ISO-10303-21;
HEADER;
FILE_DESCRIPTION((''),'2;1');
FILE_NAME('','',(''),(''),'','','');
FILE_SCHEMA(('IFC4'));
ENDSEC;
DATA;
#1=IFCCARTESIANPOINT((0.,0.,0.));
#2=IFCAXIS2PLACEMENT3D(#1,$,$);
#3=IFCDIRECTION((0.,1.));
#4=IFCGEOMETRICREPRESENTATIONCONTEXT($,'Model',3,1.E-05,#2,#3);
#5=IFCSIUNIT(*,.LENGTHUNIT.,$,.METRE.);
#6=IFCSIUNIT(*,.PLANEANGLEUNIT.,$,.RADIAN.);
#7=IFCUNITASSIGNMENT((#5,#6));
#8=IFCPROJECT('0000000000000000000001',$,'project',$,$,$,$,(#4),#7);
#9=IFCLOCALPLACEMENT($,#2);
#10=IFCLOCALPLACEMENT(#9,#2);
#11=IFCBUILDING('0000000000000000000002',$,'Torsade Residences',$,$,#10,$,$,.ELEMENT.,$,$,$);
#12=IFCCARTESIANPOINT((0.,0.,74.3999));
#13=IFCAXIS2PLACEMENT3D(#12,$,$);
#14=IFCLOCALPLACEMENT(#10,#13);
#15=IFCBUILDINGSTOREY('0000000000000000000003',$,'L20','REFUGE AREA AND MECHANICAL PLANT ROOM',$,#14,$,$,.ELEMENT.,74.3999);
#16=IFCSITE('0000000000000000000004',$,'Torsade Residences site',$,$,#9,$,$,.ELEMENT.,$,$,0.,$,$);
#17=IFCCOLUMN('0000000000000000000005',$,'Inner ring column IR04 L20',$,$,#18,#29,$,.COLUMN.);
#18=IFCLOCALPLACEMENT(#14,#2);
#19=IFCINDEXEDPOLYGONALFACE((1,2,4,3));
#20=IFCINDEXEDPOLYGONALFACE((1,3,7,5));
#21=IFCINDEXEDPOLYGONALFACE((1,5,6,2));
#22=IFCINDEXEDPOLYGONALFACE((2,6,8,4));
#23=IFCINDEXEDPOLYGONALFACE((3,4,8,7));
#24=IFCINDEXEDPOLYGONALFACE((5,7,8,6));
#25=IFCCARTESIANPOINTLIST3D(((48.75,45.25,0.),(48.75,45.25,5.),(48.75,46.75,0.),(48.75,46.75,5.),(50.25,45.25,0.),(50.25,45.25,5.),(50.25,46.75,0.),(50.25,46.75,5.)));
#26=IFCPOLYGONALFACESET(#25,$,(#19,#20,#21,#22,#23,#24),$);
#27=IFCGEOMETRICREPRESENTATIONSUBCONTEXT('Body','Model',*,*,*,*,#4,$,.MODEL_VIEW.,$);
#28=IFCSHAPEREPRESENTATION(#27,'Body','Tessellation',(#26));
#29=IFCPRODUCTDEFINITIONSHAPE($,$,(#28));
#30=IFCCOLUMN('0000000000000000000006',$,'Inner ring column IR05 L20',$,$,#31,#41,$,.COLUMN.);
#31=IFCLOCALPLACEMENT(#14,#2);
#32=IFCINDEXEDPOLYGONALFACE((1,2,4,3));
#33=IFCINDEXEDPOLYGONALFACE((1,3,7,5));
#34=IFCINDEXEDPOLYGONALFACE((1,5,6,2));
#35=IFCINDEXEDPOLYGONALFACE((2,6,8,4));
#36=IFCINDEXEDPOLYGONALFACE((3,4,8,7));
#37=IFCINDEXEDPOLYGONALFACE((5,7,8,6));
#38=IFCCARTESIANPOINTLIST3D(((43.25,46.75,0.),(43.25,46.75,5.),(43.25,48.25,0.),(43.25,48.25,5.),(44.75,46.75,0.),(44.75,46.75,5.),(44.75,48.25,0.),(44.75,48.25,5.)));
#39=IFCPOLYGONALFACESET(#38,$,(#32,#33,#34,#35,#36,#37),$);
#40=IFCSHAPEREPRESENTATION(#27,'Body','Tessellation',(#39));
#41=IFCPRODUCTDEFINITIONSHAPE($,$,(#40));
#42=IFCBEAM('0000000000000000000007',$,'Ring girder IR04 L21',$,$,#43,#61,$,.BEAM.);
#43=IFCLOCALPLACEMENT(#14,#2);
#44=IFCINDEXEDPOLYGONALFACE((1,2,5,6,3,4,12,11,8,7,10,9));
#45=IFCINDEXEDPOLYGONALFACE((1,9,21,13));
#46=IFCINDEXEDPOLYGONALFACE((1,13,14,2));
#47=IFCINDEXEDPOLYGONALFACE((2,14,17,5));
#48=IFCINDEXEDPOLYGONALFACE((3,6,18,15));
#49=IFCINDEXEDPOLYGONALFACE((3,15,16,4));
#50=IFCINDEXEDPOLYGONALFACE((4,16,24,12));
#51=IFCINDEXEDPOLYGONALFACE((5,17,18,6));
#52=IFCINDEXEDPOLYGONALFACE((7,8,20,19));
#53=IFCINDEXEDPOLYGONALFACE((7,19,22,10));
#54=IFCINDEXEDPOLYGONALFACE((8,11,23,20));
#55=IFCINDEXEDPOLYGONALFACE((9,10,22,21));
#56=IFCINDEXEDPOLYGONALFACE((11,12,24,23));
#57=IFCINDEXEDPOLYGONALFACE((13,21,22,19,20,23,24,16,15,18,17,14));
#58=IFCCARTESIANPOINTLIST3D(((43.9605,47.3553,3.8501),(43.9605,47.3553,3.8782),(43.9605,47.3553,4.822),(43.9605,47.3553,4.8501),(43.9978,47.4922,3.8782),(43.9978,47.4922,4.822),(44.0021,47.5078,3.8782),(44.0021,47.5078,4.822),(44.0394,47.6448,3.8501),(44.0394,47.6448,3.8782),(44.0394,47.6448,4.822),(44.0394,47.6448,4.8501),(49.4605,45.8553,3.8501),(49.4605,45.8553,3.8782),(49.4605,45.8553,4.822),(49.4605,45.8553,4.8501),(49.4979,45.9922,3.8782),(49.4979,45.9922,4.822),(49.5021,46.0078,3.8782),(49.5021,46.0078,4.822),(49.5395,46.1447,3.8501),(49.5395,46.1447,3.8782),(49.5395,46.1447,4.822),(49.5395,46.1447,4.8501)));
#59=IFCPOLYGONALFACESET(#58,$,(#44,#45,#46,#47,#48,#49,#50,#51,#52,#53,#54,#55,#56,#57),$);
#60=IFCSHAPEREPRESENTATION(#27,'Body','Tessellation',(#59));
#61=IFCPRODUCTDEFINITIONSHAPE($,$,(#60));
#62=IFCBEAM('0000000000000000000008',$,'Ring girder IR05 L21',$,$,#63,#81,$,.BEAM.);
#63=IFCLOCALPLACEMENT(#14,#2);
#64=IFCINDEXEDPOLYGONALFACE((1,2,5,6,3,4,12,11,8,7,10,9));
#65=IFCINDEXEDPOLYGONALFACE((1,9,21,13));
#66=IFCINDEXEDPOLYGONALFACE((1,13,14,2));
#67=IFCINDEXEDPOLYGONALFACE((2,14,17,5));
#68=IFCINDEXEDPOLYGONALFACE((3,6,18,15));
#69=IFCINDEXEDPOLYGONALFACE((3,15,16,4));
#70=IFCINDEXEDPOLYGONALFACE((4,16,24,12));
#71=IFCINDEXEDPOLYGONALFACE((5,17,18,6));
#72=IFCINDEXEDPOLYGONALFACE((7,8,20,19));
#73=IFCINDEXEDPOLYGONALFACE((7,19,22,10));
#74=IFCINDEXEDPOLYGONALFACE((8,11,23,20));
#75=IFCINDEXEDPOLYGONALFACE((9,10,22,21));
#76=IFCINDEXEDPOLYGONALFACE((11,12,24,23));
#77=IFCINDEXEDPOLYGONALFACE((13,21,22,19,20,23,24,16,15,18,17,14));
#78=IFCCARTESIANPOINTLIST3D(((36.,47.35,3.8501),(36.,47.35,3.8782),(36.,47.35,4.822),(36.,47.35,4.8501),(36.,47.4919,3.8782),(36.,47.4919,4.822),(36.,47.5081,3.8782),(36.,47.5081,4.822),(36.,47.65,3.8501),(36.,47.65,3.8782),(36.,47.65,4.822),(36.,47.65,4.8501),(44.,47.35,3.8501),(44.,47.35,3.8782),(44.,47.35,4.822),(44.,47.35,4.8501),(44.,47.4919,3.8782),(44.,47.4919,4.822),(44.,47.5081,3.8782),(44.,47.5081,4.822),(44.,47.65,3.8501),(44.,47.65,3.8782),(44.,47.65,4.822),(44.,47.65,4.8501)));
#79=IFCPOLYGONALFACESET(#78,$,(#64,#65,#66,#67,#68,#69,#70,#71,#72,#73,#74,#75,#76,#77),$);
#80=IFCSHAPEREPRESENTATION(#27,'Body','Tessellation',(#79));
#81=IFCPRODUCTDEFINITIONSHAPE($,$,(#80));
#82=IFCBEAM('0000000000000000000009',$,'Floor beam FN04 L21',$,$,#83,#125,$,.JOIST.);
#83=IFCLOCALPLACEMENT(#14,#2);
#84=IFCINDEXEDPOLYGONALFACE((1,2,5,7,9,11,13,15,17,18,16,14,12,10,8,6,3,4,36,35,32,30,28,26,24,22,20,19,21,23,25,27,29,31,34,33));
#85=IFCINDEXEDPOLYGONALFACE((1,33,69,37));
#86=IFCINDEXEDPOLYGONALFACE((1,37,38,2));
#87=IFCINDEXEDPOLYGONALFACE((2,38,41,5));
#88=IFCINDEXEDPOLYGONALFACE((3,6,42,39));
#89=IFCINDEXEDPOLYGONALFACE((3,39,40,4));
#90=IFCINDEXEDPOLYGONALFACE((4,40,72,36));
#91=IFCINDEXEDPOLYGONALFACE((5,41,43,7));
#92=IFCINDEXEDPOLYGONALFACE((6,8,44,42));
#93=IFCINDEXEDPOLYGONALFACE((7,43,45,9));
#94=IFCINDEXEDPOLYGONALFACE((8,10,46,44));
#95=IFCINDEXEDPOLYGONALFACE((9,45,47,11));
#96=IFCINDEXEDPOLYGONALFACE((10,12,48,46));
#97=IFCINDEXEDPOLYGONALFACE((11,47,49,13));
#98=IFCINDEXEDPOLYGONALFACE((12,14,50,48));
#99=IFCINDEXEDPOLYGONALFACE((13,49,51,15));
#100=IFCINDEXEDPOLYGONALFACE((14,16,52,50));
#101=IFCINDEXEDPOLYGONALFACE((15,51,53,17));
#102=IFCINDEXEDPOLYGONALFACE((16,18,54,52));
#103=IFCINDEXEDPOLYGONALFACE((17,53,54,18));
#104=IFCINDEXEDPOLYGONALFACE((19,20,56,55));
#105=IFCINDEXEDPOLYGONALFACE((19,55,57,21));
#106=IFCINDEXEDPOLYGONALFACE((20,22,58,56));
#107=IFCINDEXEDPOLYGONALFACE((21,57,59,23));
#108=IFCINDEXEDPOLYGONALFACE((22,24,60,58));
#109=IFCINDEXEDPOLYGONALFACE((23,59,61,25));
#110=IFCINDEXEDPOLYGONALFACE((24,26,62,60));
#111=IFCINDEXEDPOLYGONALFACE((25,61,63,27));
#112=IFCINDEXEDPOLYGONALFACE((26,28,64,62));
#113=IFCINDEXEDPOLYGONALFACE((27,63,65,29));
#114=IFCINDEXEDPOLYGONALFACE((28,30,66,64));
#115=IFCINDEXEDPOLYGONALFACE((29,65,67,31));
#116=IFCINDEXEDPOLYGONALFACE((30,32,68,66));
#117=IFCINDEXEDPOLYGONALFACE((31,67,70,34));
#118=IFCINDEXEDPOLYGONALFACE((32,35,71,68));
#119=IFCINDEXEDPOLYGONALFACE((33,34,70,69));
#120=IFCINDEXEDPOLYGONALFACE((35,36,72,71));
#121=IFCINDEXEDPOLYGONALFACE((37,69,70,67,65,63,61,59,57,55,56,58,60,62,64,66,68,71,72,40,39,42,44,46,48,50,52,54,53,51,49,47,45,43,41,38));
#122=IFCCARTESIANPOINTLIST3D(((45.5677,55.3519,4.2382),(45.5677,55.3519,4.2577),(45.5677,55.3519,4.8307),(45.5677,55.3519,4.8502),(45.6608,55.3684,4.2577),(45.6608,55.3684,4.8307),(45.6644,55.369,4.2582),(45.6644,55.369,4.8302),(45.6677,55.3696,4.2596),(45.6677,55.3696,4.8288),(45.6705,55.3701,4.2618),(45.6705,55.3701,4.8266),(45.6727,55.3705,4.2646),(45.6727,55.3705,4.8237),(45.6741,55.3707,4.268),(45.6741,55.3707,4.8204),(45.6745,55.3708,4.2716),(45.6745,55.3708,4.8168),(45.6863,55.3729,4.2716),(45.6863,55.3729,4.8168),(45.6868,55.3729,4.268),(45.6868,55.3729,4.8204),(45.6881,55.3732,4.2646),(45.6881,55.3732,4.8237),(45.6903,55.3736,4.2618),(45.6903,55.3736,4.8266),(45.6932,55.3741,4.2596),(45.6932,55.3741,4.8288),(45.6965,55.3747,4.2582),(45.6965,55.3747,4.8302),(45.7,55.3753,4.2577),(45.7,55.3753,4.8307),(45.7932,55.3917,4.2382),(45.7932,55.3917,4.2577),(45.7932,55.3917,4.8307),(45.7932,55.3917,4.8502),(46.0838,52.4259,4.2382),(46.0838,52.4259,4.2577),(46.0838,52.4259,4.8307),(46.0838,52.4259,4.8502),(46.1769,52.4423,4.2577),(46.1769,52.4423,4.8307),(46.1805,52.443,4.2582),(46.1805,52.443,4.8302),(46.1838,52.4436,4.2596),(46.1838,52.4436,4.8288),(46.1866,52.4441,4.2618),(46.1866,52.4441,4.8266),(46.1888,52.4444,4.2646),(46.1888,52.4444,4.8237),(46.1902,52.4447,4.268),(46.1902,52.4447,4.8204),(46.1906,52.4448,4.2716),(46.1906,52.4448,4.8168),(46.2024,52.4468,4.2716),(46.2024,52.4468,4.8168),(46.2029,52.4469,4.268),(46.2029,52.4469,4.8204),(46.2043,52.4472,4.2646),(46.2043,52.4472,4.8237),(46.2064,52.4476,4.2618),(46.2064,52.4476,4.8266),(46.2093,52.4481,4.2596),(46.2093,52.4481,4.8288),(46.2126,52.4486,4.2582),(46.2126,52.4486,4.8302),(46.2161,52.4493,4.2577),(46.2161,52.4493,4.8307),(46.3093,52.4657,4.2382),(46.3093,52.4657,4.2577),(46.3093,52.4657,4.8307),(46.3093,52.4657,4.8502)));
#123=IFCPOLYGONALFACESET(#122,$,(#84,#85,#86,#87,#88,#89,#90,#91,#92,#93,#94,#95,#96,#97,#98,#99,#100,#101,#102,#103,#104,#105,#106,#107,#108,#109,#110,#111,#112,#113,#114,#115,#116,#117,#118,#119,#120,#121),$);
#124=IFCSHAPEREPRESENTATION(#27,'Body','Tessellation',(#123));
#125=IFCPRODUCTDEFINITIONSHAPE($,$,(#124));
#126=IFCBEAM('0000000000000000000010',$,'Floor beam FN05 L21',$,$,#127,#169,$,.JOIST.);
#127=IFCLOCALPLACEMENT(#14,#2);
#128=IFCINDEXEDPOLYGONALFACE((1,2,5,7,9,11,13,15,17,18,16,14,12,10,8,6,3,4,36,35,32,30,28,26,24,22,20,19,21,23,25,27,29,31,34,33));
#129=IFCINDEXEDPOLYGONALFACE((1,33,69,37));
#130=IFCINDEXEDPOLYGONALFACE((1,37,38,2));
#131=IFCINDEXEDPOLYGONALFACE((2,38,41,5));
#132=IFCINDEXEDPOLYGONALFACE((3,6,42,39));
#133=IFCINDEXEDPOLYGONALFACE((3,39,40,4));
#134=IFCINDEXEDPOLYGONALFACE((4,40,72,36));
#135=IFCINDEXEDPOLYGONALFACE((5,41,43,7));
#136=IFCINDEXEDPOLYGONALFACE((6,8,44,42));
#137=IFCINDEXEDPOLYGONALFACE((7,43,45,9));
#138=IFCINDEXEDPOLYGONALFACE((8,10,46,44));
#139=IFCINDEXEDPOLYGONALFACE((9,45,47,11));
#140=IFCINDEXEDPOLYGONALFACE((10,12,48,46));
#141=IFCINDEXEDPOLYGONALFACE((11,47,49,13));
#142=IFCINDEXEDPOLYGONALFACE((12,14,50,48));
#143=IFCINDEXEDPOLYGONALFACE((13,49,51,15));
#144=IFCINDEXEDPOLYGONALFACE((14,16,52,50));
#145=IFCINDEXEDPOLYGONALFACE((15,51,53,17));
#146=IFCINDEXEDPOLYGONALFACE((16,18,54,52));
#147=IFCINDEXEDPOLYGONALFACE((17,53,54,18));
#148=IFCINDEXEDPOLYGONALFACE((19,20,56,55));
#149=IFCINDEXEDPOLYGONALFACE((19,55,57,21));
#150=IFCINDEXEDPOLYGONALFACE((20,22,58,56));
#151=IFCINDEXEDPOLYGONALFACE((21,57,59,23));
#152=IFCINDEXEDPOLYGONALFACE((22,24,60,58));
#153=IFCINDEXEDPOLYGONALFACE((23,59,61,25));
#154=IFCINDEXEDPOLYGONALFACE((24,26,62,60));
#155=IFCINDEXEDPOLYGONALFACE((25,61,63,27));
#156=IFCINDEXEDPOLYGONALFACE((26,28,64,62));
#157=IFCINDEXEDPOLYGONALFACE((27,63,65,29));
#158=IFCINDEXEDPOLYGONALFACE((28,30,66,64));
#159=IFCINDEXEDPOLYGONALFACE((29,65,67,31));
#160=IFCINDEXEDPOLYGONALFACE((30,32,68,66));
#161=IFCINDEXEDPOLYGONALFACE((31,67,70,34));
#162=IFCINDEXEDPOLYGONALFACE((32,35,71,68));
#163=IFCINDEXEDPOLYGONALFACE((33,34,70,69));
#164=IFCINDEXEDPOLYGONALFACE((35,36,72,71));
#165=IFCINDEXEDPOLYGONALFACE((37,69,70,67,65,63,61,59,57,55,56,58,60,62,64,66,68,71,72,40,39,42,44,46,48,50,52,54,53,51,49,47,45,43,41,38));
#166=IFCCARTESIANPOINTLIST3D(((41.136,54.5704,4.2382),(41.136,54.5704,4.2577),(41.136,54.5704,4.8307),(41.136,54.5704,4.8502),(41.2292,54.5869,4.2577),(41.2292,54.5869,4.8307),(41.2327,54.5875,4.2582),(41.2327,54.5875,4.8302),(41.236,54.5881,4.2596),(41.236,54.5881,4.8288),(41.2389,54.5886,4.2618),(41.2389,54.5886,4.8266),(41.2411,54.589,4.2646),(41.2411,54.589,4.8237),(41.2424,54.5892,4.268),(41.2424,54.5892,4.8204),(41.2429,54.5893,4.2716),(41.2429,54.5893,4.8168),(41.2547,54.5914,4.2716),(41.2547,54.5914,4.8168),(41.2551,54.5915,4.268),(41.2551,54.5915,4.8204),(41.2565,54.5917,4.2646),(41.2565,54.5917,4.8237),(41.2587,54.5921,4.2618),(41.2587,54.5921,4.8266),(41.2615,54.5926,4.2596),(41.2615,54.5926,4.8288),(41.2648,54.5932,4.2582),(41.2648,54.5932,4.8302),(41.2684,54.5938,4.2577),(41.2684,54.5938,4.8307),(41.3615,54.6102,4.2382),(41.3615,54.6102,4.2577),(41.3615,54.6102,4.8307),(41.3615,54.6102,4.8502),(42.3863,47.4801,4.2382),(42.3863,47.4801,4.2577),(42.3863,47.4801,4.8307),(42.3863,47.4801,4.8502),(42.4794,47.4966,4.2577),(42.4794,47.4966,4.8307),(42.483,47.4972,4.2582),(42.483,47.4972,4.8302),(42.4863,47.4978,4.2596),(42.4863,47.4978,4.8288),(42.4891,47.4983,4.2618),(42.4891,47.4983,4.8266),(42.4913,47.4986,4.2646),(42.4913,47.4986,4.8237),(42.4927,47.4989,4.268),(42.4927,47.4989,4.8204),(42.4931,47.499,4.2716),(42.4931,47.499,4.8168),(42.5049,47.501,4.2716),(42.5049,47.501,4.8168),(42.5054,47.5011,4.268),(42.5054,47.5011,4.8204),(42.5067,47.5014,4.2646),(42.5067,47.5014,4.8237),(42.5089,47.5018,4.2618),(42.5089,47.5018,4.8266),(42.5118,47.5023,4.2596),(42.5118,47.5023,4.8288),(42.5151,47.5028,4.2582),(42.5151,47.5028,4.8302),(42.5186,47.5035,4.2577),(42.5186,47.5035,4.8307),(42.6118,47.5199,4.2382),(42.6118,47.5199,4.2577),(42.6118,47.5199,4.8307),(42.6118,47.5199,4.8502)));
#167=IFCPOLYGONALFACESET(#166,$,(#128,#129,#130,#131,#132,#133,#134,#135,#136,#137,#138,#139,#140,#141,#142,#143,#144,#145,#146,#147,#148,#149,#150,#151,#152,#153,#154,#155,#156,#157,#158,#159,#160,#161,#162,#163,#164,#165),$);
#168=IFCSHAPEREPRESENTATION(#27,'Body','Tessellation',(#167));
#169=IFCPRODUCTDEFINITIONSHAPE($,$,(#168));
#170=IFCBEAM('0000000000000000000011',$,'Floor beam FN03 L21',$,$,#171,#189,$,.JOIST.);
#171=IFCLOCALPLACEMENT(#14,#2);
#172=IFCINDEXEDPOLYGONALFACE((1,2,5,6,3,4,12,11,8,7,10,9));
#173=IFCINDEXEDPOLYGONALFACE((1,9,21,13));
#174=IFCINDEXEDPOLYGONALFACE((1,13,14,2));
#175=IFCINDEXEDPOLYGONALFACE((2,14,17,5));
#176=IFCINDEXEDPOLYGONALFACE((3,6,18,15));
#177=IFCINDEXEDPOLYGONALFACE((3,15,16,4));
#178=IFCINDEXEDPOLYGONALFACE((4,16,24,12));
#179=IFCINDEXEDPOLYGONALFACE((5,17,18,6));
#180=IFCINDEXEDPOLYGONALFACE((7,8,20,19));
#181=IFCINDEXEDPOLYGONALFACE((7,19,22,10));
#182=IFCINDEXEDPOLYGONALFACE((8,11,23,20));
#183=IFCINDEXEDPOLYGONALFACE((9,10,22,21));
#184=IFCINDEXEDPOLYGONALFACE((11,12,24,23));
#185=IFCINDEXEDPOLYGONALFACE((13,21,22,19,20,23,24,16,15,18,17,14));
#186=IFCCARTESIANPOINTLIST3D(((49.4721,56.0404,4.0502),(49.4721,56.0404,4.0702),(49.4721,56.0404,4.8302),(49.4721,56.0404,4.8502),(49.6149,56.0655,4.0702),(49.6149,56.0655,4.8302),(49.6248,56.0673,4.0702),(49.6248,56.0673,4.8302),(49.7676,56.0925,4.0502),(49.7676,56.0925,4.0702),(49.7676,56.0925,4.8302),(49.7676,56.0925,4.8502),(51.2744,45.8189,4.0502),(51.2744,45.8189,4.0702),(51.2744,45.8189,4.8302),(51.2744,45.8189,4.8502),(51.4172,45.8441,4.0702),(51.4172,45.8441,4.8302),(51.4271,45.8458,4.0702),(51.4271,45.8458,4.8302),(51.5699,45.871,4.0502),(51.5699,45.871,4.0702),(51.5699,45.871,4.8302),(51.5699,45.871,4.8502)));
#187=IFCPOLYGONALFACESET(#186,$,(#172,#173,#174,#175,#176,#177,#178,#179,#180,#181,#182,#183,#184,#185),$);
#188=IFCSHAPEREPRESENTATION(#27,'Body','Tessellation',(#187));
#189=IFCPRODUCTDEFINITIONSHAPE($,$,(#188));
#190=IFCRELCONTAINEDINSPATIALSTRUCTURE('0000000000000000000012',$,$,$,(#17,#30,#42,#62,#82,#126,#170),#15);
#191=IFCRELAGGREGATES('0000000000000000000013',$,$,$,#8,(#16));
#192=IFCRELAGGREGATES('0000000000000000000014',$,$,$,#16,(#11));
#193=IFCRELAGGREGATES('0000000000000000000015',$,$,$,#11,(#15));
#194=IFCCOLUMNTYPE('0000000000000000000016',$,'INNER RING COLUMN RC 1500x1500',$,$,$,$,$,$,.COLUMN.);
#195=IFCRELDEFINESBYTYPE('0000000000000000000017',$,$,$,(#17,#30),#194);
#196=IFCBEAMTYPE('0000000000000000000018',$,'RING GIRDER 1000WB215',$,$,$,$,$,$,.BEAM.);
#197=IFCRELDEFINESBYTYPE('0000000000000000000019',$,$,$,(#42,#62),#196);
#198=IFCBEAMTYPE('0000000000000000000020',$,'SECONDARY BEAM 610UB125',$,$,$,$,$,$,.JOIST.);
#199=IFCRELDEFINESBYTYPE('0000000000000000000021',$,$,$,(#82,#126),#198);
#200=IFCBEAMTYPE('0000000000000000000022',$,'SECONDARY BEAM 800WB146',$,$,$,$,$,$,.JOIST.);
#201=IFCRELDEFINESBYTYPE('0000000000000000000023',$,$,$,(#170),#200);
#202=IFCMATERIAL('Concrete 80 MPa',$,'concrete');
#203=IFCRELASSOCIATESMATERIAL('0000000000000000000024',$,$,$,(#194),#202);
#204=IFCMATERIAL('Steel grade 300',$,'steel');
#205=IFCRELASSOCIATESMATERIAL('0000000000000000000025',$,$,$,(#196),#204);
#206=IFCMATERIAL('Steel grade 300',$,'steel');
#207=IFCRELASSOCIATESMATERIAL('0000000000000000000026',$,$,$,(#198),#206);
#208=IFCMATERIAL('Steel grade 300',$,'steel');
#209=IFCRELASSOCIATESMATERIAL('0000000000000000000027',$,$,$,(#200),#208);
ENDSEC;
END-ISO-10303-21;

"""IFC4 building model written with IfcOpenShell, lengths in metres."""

from ifc_helpers import new_model, si_unit, direction, frame, origin, origin_2d, place, context, subcontext, project, spatial, rectangle, i_section, extrude, material, material_profile, profile_set, type_object, element, save


model = new_model("IFC4")

# Units and contexts
model_context = context("Model", 3, precision=1e-05, world=origin(), true_north=direction((0.0, 1.0)))
body_context = subcontext(model_context, "Body", "Model", "MODEL_VIEW")
ifc_project = project(units=[si_unit("LENGTHUNIT", "METRE"), si_unit("PLANEANGLEUNIT", "RADIAN")], contexts=[model_context])

# Site, building, storey
site_placement = place(None, origin())
site = spatial("IfcSite", under=ifc_project, at=site_placement, Name="Torsade Residences site", CompositionType="ELEMENT", RefElevation=0.0)
building_placement = place(site_placement, origin())
building = spatial("IfcBuilding", under=site, at=building_placement, Name="Torsade Residences", CompositionType="ELEMENT")
storey_placement = place(building_placement, frame((0.0, 0.0, 74.3999)))
storey = spatial("IfcBuildingStorey", under=building, at=storey_placement, Name="L20", Description="REFUGE AREA AND MECHANICAL PLANT ROOM", CompositionType="ELEMENT", Elevation=74.3999)

# Columns
ifc_material_1 = material(Name="Concrete 80 MPa", Category="concrete")
ifc_material_profile_1 = material_profile(ifc_material_1, rectangle(XDim=1.5, YDim=1.5, at=origin_2d()), Name="RC 1500x1500")
ifc_profile_set_1 = profile_set([ifc_material_profile_1], Name="Concrete 80 MPa")
column_type = type_object("IfcColumnType", Name="INNER RING COLUMN RC 1500x1500", PredefinedType="COLUMN", material=ifc_profile_set_1)
for number, where, z_axis, x_axis, name in (
    (1, (49.5, 46.0, 0.0), (0.0, 0.0, 1.0), (1.0, 0.0, 0.0), "Inner ring column IR04 L20"),
    (2, (44.0, 47.5, 0.0), (0.0, 0.0, 1.0), (1.0, 0.0, 0.0), "Inner ring column IR05 L20"),
):
    element("IfcColumn", number, at=place(storey_placement, frame(where, z_axis=z_axis, x_axis=x_axis)), inside=storey, type_object=column_type, Name=name, PredefinedType="COLUMN", context=body_context, shape_type="SweptSolid", body=[
        extrude(rectangle(XDim=1.5, YDim=1.5, at=origin_2d()), origin(), (0.0, 0.0, 1.0), 5.0),
    ])

# Beams
ifc_material_2 = material(Name="Steel grade 300", Category="steel")
ifc_material_profile_2 = material_profile(ifc_material_2, i_section(OverallWidth=0.3, OverallDepth=1.0, WebThickness=0.0161, FlangeThickness=0.0281, at=origin_2d()), Name="1000WB215")
ifc_profile_set_2 = profile_set([ifc_material_profile_2], Name="Steel grade 300")
beam_type_1 = type_object("IfcBeamType", Name="RING GIRDER 1000WB215", PredefinedType="BEAM", material=ifc_profile_set_2)
beam_1_placement = place(storey_placement, frame((49.5, 46.0, 4.3501), z_axis=(-0.964764, 0.263117, 0.0), x_axis=(-0.263117, -0.964764, 0.0)))
element("IfcBeam", 3, at=beam_1_placement, inside=storey, type_object=beam_type_1, Name="Ring girder IR04 L21", PredefinedType="BEAM", context=body_context, shape_type="SweptSolid", body=[
    extrude(i_section(OverallWidth=0.3, OverallDepth=1.0, WebThickness=0.0161, FlangeThickness=0.0281, at=origin_2d()), origin(), (0.0, 0.0, 1.0), 5.7009),
])
beam_2_placement = place(storey_placement, frame((44.0, 47.5, 4.3501), z_axis=(-1.0, 0.0, 0.0), x_axis=(0.0, -1.0, 0.0)))
element("IfcBeam", 4, at=beam_2_placement, inside=storey, type_object=beam_type_1, Name="Ring girder IR05 L21", PredefinedType="BEAM", context=body_context, shape_type="SweptSolid", body=[
    extrude(i_section(OverallWidth=0.3, OverallDepth=1.0, WebThickness=0.0161, FlangeThickness=0.0281, at=origin_2d()), origin(), (0.0, 0.0, 1.0), 8.0),
])
ifc_material_3 = material(Name="Steel grade 300", Category="steel")
ifc_material_profile_3 = material_profile(ifc_material_3, i_section(OverallWidth=0.229, OverallDepth=0.6121, WebThickness=0.012, FlangeThickness=0.0195, FilletRadius=0.0139, at=origin_2d()), Name="610UB125")
ifc_profile_set_3 = profile_set([ifc_material_profile_3], Name="Steel grade 300")
beam_type_2 = type_object("IfcBeamType", Name="SECONDARY BEAM 610UB125", PredefinedType="JOIST", material=ifc_profile_set_3)
beam_3_placement = place(storey_placement, frame((45.6804, 55.3718, 4.5442), z_axis=(0.173706, -0.984798, 0.0), x_axis=(0.984798, 0.173706, 0.0)))
element("IfcBeam", 5, at=beam_3_placement, inside=storey, type_object=beam_type_2, Name="Floor beam FN04 L21", PredefinedType="JOIST", context=body_context, shape_type="SweptSolid", body=[
    extrude(i_section(OverallWidth=0.229, OverallDepth=0.6121, WebThickness=0.012, FlangeThickness=0.0195, FilletRadius=0.0139, at=origin_2d()), origin(), (0.0, 0.0, 1.0), 2.9712),
])
beam_4_placement = place(storey_placement, frame((41.2488, 54.5903, 4.5442), z_axis=(0.173652, -0.984807, 0.0), x_axis=(0.984807, 0.173652, 0.0)))
element("IfcBeam", 6, at=beam_4_placement, inside=storey, type_object=beam_type_2, Name="Floor beam FN05 L21", PredefinedType="JOIST", context=body_context, shape_type="SweptSolid", body=[
    extrude(i_section(OverallWidth=0.229, OverallDepth=0.6121, WebThickness=0.012, FlangeThickness=0.0195, FilletRadius=0.0139, at=origin_2d()), origin(), (0.0, 0.0, 1.0), 7.1997),
])
ifc_material_4 = material(Name="Steel grade 300", Category="steel")
ifc_material_profile_4 = material_profile(ifc_material_4, i_section(OverallWidth=0.3, OverallDepth=0.8, WebThickness=0.01, FlangeThickness=0.02, at=origin_2d()), Name="800WB146")
ifc_profile_set_4 = profile_set([ifc_material_profile_4], Name="Steel grade 300")
beam_type_3 = type_object("IfcBeamType", Name="SECONDARY BEAM 800WB146", PredefinedType="JOIST", material=ifc_profile_set_4)
beam_5_placement = place(storey_placement, frame((49.6199, 56.0664, 4.4502), z_axis=(0.173642, -0.984809, 0.0), x_axis=(0.984809, 0.173642, 0.0)))
element("IfcBeam", 7, at=beam_5_placement, inside=storey, type_object=beam_type_3, Name="Floor beam FN03 L21", PredefinedType="JOIST", context=body_context, shape_type="SweptSolid", body=[
    extrude(i_section(OverallWidth=0.3, OverallDepth=0.8, WebThickness=0.01, FlangeThickness=0.02, at=origin_2d()), origin(), (0.0, 0.0, 1.0), 10.3792),
])

save(model, "model.ifc")
